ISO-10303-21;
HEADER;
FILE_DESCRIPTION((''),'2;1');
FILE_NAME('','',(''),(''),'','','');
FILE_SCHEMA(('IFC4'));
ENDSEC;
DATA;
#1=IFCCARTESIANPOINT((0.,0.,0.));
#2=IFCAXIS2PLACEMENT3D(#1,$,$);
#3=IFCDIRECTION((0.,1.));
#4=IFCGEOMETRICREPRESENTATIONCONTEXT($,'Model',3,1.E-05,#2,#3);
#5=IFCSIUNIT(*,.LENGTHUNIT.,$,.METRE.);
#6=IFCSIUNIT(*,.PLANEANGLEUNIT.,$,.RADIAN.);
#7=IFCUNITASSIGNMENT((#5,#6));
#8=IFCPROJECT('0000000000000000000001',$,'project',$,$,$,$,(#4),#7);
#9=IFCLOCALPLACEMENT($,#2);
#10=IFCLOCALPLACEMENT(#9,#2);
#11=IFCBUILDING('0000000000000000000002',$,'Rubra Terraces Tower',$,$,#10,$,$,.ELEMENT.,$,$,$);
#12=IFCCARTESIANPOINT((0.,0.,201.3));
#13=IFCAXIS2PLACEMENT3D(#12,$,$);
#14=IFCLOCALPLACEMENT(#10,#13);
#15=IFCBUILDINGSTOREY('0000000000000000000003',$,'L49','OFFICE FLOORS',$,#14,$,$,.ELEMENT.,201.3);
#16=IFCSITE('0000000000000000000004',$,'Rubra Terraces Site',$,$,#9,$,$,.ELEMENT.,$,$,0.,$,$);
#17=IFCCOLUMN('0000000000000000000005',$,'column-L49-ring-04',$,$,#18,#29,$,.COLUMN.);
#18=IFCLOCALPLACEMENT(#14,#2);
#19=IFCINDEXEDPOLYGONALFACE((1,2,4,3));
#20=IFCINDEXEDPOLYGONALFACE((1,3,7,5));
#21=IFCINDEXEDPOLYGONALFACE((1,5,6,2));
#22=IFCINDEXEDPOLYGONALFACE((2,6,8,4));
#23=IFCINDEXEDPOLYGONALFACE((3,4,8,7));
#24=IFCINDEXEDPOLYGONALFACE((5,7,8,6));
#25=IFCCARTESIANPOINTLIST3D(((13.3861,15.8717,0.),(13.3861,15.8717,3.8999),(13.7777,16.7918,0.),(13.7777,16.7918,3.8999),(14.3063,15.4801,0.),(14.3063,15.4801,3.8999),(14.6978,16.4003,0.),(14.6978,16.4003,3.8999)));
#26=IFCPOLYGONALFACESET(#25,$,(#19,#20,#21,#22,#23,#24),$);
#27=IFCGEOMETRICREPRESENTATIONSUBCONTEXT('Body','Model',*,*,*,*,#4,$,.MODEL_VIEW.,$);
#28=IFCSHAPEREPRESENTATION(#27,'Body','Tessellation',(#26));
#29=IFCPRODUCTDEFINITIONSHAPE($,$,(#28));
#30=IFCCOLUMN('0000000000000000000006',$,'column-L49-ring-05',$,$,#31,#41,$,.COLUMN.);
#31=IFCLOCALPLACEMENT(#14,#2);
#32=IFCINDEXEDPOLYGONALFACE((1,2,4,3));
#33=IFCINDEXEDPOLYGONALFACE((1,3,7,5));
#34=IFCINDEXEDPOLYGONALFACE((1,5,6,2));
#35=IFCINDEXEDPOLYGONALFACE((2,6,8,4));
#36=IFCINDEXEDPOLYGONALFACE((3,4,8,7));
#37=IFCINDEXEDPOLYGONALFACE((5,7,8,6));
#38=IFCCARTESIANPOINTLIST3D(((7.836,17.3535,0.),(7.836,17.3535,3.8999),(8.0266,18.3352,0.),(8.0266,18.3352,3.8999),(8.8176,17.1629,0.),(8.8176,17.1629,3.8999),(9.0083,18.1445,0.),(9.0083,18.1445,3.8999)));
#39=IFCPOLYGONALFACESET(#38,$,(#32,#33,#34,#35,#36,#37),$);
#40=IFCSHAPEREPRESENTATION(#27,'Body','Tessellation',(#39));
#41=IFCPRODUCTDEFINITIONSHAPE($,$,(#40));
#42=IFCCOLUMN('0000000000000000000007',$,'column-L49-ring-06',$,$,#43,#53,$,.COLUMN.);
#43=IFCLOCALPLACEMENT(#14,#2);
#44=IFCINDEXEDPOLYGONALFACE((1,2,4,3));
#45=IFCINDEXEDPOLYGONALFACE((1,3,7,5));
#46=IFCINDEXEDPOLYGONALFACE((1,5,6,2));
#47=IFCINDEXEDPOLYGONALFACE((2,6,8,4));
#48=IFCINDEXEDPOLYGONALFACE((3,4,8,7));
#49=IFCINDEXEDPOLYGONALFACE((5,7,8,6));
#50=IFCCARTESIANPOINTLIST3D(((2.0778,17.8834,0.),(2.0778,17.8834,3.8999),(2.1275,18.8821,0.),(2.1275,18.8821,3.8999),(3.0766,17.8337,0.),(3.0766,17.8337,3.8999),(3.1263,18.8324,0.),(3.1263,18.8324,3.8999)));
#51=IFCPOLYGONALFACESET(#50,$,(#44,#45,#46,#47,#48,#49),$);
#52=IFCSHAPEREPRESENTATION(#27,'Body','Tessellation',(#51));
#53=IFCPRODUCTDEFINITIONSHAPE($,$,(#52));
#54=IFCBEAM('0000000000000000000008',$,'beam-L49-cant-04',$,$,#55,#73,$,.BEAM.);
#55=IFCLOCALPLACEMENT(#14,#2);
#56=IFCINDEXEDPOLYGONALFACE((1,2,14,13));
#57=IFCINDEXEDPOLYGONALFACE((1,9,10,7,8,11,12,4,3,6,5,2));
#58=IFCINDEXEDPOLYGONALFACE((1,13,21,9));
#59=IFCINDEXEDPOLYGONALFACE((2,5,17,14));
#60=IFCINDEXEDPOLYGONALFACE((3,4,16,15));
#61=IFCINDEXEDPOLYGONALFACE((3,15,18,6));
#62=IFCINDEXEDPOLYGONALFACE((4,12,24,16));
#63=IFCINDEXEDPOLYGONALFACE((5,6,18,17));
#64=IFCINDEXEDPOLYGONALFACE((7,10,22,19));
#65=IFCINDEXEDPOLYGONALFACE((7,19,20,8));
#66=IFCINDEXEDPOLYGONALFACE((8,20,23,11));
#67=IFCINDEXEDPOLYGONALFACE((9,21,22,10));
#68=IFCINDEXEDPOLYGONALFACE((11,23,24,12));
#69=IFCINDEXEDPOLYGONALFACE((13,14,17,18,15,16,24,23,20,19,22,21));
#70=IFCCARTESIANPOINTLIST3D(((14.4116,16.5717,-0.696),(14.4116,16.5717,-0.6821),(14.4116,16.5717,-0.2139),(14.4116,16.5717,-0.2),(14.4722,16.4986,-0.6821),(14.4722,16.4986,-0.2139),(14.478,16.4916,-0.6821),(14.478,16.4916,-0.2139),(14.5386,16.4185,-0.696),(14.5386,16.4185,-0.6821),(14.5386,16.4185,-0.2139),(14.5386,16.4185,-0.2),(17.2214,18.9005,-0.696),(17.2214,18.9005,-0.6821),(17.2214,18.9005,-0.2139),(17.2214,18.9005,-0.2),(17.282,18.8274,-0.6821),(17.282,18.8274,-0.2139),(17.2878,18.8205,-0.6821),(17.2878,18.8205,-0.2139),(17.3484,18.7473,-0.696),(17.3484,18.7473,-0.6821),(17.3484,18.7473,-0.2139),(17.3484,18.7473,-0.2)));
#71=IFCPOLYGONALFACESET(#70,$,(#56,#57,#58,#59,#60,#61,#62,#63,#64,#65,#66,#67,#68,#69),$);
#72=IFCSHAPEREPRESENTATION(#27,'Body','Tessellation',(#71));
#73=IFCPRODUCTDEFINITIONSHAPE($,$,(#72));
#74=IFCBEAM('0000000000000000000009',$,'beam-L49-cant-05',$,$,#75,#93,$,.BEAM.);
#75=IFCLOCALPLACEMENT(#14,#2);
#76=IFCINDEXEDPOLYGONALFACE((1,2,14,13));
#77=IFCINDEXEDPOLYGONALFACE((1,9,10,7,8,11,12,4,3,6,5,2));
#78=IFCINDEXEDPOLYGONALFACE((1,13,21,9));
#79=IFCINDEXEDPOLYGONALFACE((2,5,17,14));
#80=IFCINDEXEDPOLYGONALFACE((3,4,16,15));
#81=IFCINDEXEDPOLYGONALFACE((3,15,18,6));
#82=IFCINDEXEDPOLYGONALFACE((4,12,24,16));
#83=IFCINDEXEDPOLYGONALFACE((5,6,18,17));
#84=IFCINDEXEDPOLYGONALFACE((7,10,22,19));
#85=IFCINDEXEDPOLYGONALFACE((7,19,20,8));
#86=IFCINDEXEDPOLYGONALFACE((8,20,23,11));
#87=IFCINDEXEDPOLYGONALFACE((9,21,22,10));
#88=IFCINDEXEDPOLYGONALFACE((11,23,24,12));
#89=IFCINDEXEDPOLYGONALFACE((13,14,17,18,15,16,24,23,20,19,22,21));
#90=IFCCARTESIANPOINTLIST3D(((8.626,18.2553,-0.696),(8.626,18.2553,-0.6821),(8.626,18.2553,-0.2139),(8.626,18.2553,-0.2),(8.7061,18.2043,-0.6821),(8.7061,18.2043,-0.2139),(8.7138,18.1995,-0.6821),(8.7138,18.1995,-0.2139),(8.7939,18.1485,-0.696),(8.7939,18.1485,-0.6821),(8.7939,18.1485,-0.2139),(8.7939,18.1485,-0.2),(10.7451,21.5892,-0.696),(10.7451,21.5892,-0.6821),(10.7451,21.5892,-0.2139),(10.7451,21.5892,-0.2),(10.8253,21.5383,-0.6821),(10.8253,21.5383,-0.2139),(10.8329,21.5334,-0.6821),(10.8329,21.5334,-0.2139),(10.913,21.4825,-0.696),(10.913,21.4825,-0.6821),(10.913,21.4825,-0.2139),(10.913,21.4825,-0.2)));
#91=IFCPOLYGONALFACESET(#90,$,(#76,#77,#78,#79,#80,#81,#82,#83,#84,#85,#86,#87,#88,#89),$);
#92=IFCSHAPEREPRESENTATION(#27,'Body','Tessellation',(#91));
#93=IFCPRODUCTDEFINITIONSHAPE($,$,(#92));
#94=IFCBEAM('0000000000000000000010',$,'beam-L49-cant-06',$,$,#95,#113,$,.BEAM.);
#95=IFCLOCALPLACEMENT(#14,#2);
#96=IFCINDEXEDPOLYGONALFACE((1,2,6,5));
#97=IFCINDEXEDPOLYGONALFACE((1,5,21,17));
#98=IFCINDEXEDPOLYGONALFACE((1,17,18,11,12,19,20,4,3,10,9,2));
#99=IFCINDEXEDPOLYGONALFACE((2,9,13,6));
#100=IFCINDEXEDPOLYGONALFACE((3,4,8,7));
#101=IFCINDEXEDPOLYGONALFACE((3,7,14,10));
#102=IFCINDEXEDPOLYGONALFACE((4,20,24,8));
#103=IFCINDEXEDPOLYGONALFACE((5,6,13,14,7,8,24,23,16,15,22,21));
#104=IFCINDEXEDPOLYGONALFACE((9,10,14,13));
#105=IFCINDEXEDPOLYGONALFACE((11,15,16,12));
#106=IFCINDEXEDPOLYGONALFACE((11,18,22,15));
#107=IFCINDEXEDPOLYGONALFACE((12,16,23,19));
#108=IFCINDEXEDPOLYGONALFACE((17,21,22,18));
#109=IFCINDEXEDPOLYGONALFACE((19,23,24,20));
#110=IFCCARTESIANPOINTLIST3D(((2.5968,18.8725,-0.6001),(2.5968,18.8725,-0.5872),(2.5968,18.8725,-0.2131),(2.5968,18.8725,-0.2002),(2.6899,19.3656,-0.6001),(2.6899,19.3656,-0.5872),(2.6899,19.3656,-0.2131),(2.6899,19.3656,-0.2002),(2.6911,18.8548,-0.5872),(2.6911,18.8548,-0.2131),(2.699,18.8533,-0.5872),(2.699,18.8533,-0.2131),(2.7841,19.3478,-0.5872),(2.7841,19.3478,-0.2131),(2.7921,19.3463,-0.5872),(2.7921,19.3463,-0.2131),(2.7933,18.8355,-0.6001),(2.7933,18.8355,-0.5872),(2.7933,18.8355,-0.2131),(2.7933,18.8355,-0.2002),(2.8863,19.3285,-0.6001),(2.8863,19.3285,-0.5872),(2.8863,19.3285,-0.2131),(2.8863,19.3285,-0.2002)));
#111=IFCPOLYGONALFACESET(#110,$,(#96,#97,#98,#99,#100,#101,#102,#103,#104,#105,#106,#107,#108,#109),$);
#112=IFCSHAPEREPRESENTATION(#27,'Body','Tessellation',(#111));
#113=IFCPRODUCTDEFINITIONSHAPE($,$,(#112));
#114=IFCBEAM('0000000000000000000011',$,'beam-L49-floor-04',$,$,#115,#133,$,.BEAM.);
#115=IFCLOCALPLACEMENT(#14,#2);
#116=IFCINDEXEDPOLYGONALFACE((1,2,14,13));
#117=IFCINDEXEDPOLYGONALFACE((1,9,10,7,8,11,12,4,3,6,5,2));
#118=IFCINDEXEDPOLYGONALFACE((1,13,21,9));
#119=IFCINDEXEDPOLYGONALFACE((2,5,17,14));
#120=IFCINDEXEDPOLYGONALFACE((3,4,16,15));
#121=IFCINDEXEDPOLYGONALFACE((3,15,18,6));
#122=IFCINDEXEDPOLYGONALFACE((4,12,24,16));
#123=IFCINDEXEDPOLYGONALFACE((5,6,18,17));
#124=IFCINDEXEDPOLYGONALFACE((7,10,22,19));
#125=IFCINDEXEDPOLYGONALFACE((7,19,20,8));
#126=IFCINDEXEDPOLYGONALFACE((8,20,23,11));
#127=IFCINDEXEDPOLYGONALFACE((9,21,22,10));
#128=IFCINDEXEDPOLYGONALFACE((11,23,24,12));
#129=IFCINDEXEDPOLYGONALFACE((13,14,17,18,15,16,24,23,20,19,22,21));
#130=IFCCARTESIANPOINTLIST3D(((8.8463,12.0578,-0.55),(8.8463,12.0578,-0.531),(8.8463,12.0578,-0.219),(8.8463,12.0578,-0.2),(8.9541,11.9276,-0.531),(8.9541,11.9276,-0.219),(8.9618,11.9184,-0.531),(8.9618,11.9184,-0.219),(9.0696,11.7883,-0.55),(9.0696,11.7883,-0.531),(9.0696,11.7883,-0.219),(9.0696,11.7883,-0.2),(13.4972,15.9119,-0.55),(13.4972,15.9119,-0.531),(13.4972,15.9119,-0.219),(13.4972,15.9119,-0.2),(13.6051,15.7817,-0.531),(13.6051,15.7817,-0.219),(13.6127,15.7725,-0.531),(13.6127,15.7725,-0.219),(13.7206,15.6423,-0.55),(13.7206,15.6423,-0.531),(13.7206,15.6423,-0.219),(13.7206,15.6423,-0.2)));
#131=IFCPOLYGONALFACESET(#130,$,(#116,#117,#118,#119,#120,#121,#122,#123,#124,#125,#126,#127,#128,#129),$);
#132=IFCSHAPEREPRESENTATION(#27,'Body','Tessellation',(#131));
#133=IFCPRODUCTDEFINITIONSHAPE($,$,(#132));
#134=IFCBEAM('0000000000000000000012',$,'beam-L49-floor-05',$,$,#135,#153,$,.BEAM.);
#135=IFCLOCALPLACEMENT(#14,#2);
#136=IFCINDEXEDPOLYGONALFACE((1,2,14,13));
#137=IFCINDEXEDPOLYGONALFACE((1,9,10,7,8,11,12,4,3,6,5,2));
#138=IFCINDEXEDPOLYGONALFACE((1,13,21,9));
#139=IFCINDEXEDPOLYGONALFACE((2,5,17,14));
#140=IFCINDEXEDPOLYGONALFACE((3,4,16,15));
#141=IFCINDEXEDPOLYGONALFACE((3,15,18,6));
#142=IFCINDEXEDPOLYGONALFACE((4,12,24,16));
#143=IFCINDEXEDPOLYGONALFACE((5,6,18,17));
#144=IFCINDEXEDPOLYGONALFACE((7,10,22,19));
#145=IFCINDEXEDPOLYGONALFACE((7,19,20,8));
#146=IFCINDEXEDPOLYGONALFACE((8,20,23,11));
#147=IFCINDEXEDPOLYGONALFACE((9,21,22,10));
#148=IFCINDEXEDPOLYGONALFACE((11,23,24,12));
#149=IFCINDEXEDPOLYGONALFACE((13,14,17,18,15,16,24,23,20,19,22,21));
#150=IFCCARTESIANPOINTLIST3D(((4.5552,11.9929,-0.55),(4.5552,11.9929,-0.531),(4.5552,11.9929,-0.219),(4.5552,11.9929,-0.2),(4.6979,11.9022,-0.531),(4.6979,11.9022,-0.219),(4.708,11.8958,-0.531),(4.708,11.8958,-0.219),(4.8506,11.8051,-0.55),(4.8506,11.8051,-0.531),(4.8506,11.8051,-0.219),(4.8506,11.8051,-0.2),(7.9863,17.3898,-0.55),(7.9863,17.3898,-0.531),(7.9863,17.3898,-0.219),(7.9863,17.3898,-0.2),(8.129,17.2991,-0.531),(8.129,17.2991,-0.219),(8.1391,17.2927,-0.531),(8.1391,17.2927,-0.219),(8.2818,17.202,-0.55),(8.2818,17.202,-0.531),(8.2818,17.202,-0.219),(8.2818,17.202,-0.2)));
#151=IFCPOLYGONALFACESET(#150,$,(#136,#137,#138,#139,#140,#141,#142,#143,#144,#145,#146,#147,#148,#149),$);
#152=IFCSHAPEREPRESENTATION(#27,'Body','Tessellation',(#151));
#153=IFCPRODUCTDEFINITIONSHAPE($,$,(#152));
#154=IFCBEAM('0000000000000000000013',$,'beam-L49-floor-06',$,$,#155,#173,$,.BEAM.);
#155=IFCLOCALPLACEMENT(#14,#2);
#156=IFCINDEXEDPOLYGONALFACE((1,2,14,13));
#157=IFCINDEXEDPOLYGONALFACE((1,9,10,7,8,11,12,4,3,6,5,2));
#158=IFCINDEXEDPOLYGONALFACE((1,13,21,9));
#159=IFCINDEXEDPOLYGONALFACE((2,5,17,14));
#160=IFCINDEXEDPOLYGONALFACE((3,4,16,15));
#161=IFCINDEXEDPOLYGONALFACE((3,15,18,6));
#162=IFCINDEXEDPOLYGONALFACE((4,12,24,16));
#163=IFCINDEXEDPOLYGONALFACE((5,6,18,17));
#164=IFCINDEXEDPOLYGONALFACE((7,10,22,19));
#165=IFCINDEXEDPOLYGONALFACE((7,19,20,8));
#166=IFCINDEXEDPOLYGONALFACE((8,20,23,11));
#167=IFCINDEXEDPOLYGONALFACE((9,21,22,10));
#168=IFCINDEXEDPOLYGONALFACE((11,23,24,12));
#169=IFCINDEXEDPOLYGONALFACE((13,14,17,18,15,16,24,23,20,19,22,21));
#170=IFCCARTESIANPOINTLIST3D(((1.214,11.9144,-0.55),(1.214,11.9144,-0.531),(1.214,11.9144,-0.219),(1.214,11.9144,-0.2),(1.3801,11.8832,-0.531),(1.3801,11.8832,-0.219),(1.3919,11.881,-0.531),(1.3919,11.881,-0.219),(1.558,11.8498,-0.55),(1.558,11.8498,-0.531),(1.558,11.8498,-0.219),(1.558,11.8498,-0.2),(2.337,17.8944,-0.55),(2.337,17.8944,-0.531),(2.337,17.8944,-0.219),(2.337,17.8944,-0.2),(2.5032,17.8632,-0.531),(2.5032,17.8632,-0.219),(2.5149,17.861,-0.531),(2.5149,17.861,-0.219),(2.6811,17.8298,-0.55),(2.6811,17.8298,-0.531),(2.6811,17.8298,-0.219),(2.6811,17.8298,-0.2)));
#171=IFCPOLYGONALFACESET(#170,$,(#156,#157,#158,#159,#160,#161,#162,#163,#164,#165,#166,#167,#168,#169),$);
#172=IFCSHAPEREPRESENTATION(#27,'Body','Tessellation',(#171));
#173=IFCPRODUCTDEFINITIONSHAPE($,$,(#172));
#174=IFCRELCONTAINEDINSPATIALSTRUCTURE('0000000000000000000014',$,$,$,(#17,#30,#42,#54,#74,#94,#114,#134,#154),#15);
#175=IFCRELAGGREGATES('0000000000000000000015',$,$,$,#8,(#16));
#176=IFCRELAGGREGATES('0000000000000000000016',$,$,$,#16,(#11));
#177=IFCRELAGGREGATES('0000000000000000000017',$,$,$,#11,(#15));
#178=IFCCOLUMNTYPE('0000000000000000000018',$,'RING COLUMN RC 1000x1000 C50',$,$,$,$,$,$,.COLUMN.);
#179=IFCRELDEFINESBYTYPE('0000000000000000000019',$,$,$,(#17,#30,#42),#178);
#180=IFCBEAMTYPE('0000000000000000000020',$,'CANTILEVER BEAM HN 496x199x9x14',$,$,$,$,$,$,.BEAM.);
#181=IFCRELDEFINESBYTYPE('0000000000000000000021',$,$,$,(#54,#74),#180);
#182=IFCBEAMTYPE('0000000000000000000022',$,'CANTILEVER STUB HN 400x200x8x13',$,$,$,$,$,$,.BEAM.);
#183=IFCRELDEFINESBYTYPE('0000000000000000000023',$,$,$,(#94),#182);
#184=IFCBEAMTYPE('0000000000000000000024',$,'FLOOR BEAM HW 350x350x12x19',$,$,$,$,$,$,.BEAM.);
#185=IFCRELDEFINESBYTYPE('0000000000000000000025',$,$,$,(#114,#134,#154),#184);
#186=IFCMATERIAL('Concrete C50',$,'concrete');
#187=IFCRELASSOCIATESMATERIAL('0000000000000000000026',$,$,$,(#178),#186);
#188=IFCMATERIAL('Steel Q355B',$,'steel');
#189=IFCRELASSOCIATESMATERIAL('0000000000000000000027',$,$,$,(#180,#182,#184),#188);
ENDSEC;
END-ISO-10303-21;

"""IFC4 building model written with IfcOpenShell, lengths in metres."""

from ifc_helpers import new_model, si_unit, direction, frame, origin, origin_2d, place, context, subcontext, project, spatial, rectangle, i_section, extrude, material, material_profile, profile_set, type_object, element, save


model = new_model("IFC4")

# Units and contexts
model_context = context("Model", 3, precision=1e-05, world=origin(), true_north=direction((0.0, 1.0)))
body_context = subcontext(model_context, "Body", "Model", "MODEL_VIEW")
ifc_project = project(units=[si_unit("LENGTHUNIT", "METRE"), si_unit("PLANEANGLEUNIT", "RADIAN")], contexts=[model_context])

# Site, building, storey
site_placement = place(None, origin())
site = spatial("IfcSite", under=ifc_project, at=site_placement, Name="Rubra Terraces Site", CompositionType="ELEMENT", RefElevation=0.0)
building_placement = place(site_placement, origin())
building = spatial("IfcBuilding", under=site, at=building_placement, Name="Rubra Terraces Tower", CompositionType="ELEMENT")
storey_placement = place(building_placement, frame((0.0, 0.0, 201.3)))
storey = spatial("IfcBuildingStorey", under=building, at=storey_placement, Name="L49", Description="OFFICE FLOORS", CompositionType="ELEMENT", Elevation=201.3)

# Columns
ifc_material_1 = material(Name="Concrete C50", Category="concrete")
ifc_material_profile_1 = material_profile(ifc_material_1, rectangle(XDim=1.0, YDim=1.0, at=origin_2d()), Name="RC 1000x1000")
ifc_profile_set_1 = profile_set([ifc_material_profile_1], Name="Concrete C50")
column_type = type_object("IfcColumnType", Name="RING COLUMN RC 1000x1000 C50", PredefinedType="COLUMN", material=ifc_profile_set_1)
for number, where, z_axis, x_axis, name in (
    (1, (14.042, 16.136, 0.0), (0.0, 0.0, 1.0), (-0.920168, 0.391524, 0.0), "column-L49-ring-04"),
    (2, (8.4221, 17.749, 0.0), (0.0, 0.0, 1.0), (-0.981655, 0.190668, 0.0), "column-L49-ring-05"),
    (3, (2.6021, 18.3579, 0.0), (0.0, 0.0, 1.0), (-0.998764, 0.049699, 0.0), "column-L49-ring-06"),
):
    element("IfcColumn", number, at=place(storey_placement, frame(where, z_axis=z_axis, x_axis=x_axis)), inside=storey, type_object=column_type, Name=name, PredefinedType="COLUMN", context=body_context, shape_type="SweptSolid", body=[
        extrude(rectangle(XDim=1.0, YDim=1.0, at=origin_2d()), origin(), (0.0, 0.0, 1.0), 3.8999),
    ])

# Beams
ifc_material_2 = material(Name="Steel Q355B", Category="steel")
ifc_material_profile_2 = material_profile(ifc_material_2, i_section(OverallWidth=0.199, OverallDepth=0.4961, WebThickness=0.009, FlangeThickness=0.0139, at=origin_2d()), Name="HN 496x199x9x14")
ifc_profile_set_2 = profile_set([ifc_material_profile_2], Name="Steel Q355B")
beam_type_1 = type_object("IfcBeamType", Name="CANTILEVER BEAM HN 496x199x9x14", PredefinedType="BEAM", material=ifc_profile_set_2)
beam_1_placement = place(storey_placement, frame((14.4751, 16.4951, -0.448), z_axis=(0.769924, 0.638136, 0.0), x_axis=(-0.638136, 0.769924, 0.0)))
element("IfcBeam", 4, at=beam_1_placement, inside=storey, type_object=beam_type_1, Name="beam-L49-cant-04", PredefinedType="BEAM", context=body_context, shape_type="SweptSolid", body=[
    extrude(i_section(OverallWidth=0.199, OverallDepth=0.4961, WebThickness=0.009, FlangeThickness=0.0139, at=origin_2d()), origin(), (0.0, 0.0, 1.0), 3.6494),
])
beam_2_placement = place(storey_placement, frame((8.71, 18.2019, -0.448), z_axis=(0.536428, 0.843946, 0.0), x_axis=(-0.843946, 0.536428, 0.0)))
element("IfcBeam", 5, at=beam_2_placement, inside=storey, type_object=beam_type_1, Name="beam-L49-cant-05", PredefinedType="BEAM", context=body_context, shape_type="SweptSolid", body=[
    extrude(i_section(OverallWidth=0.199, OverallDepth=0.4961, WebThickness=0.009, FlangeThickness=0.0139, at=origin_2d()), origin(), (0.0, 0.0, 1.0), 3.9504),
])
ifc_material_profile_3 = material_profile(ifc_material_2, i_section(OverallWidth=0.2, OverallDepth=0.3999, WebThickness=0.0081, FlangeThickness=0.0129, at=origin_2d()), Name="HN 400x200x8x13")
ifc_profile_set_3 = profile_set([ifc_material_profile_3], Name="Steel Q355B")
beam_type_2 = type_object("IfcBeamType", Name="CANTILEVER STUB HN 400x200x8x13", PredefinedType="BEAM", material=ifc_profile_set_3)
beam_3_placement = place(storey_placement, frame((2.6951, 18.854, -0.4001), z_axis=(0.185434, 0.982657, 0.0), x_axis=(-0.982657, 0.185434, 0.0)))
element("IfcBeam", 6, at=beam_3_placement, inside=storey, type_object=beam_type_2, Name="beam-L49-cant-06", PredefinedType="BEAM", context=body_context, shape_type="SweptSolid", body=[
    extrude(i_section(OverallWidth=0.2, OverallDepth=0.3999, WebThickness=0.0081, FlangeThickness=0.0129, at=origin_2d()), origin(), (0.0, 0.0, 1.0), 0.5017),
])
ifc_material_profile_4 = material_profile(ifc_material_2, i_section(OverallWidth=0.3501, OverallDepth=0.3501, WebThickness=0.012, FlangeThickness=0.019, at=origin_2d()), Name="HW 350x350x12x19")
ifc_profile_set_4 = profile_set([ifc_material_profile_4], Name="Steel Q355B")
beam_type_3 = type_object("IfcBeamType", Name="FLOOR BEAM HW 350x350x12x19", PredefinedType="BEAM", material=ifc_profile_set_4)
beam_4_placement = place(storey_placement, frame((13.6089, 15.7771, -0.375), z_axis=(-0.769988, -0.638059, 0.0), x_axis=(0.638059, -0.769988, 0.0)))
element("IfcBeam", 7, at=beam_4_placement, inside=storey, type_object=beam_type_3, Name="beam-L49-floor-04", PredefinedType="BEAM", context=body_context, shape_type="SweptSolid", body=[
    extrude(i_section(OverallWidth=0.3501, OverallDepth=0.3501, WebThickness=0.012, FlangeThickness=0.019, at=origin_2d()), origin(), (0.0, 0.0, 1.0), 6.0403),
])
beam_5_placement = place(storey_placement, frame((8.134, 17.2959, -0.375), z_axis=(-0.53651, -0.843894, 0.0), x_axis=(0.843894, -0.53651, 0.0)))
element("IfcBeam", 8, at=beam_5_placement, inside=storey, type_object=beam_type_3, Name="beam-L49-floor-05", PredefinedType="BEAM", context=body_context, shape_type="SweptSolid", body=[
    extrude(i_section(OverallWidth=0.3501, OverallDepth=0.3501, WebThickness=0.012, FlangeThickness=0.019, at=origin_2d()), origin(), (0.0, 0.0, 1.0), 6.3953),
])
beam_6_placement = place(storey_placement, frame((2.509, 17.8621, -0.375), z_axis=(-0.184574, -0.982819, 0.0), x_axis=(0.982819, -0.184574, 0.0)))
element("IfcBeam", 9, at=beam_6_placement, inside=storey, type_object=beam_type_3, Name="beam-L49-floor-06", PredefinedType="BEAM", context=body_context, shape_type="SweptSolid", body=[
    extrude(i_section(OverallWidth=0.3501, OverallDepth=0.3501, WebThickness=0.012, FlangeThickness=0.019, at=origin_2d()), origin(), (0.0, 0.0, 1.0), 6.0845),
])

save(model, "model.ifc")
